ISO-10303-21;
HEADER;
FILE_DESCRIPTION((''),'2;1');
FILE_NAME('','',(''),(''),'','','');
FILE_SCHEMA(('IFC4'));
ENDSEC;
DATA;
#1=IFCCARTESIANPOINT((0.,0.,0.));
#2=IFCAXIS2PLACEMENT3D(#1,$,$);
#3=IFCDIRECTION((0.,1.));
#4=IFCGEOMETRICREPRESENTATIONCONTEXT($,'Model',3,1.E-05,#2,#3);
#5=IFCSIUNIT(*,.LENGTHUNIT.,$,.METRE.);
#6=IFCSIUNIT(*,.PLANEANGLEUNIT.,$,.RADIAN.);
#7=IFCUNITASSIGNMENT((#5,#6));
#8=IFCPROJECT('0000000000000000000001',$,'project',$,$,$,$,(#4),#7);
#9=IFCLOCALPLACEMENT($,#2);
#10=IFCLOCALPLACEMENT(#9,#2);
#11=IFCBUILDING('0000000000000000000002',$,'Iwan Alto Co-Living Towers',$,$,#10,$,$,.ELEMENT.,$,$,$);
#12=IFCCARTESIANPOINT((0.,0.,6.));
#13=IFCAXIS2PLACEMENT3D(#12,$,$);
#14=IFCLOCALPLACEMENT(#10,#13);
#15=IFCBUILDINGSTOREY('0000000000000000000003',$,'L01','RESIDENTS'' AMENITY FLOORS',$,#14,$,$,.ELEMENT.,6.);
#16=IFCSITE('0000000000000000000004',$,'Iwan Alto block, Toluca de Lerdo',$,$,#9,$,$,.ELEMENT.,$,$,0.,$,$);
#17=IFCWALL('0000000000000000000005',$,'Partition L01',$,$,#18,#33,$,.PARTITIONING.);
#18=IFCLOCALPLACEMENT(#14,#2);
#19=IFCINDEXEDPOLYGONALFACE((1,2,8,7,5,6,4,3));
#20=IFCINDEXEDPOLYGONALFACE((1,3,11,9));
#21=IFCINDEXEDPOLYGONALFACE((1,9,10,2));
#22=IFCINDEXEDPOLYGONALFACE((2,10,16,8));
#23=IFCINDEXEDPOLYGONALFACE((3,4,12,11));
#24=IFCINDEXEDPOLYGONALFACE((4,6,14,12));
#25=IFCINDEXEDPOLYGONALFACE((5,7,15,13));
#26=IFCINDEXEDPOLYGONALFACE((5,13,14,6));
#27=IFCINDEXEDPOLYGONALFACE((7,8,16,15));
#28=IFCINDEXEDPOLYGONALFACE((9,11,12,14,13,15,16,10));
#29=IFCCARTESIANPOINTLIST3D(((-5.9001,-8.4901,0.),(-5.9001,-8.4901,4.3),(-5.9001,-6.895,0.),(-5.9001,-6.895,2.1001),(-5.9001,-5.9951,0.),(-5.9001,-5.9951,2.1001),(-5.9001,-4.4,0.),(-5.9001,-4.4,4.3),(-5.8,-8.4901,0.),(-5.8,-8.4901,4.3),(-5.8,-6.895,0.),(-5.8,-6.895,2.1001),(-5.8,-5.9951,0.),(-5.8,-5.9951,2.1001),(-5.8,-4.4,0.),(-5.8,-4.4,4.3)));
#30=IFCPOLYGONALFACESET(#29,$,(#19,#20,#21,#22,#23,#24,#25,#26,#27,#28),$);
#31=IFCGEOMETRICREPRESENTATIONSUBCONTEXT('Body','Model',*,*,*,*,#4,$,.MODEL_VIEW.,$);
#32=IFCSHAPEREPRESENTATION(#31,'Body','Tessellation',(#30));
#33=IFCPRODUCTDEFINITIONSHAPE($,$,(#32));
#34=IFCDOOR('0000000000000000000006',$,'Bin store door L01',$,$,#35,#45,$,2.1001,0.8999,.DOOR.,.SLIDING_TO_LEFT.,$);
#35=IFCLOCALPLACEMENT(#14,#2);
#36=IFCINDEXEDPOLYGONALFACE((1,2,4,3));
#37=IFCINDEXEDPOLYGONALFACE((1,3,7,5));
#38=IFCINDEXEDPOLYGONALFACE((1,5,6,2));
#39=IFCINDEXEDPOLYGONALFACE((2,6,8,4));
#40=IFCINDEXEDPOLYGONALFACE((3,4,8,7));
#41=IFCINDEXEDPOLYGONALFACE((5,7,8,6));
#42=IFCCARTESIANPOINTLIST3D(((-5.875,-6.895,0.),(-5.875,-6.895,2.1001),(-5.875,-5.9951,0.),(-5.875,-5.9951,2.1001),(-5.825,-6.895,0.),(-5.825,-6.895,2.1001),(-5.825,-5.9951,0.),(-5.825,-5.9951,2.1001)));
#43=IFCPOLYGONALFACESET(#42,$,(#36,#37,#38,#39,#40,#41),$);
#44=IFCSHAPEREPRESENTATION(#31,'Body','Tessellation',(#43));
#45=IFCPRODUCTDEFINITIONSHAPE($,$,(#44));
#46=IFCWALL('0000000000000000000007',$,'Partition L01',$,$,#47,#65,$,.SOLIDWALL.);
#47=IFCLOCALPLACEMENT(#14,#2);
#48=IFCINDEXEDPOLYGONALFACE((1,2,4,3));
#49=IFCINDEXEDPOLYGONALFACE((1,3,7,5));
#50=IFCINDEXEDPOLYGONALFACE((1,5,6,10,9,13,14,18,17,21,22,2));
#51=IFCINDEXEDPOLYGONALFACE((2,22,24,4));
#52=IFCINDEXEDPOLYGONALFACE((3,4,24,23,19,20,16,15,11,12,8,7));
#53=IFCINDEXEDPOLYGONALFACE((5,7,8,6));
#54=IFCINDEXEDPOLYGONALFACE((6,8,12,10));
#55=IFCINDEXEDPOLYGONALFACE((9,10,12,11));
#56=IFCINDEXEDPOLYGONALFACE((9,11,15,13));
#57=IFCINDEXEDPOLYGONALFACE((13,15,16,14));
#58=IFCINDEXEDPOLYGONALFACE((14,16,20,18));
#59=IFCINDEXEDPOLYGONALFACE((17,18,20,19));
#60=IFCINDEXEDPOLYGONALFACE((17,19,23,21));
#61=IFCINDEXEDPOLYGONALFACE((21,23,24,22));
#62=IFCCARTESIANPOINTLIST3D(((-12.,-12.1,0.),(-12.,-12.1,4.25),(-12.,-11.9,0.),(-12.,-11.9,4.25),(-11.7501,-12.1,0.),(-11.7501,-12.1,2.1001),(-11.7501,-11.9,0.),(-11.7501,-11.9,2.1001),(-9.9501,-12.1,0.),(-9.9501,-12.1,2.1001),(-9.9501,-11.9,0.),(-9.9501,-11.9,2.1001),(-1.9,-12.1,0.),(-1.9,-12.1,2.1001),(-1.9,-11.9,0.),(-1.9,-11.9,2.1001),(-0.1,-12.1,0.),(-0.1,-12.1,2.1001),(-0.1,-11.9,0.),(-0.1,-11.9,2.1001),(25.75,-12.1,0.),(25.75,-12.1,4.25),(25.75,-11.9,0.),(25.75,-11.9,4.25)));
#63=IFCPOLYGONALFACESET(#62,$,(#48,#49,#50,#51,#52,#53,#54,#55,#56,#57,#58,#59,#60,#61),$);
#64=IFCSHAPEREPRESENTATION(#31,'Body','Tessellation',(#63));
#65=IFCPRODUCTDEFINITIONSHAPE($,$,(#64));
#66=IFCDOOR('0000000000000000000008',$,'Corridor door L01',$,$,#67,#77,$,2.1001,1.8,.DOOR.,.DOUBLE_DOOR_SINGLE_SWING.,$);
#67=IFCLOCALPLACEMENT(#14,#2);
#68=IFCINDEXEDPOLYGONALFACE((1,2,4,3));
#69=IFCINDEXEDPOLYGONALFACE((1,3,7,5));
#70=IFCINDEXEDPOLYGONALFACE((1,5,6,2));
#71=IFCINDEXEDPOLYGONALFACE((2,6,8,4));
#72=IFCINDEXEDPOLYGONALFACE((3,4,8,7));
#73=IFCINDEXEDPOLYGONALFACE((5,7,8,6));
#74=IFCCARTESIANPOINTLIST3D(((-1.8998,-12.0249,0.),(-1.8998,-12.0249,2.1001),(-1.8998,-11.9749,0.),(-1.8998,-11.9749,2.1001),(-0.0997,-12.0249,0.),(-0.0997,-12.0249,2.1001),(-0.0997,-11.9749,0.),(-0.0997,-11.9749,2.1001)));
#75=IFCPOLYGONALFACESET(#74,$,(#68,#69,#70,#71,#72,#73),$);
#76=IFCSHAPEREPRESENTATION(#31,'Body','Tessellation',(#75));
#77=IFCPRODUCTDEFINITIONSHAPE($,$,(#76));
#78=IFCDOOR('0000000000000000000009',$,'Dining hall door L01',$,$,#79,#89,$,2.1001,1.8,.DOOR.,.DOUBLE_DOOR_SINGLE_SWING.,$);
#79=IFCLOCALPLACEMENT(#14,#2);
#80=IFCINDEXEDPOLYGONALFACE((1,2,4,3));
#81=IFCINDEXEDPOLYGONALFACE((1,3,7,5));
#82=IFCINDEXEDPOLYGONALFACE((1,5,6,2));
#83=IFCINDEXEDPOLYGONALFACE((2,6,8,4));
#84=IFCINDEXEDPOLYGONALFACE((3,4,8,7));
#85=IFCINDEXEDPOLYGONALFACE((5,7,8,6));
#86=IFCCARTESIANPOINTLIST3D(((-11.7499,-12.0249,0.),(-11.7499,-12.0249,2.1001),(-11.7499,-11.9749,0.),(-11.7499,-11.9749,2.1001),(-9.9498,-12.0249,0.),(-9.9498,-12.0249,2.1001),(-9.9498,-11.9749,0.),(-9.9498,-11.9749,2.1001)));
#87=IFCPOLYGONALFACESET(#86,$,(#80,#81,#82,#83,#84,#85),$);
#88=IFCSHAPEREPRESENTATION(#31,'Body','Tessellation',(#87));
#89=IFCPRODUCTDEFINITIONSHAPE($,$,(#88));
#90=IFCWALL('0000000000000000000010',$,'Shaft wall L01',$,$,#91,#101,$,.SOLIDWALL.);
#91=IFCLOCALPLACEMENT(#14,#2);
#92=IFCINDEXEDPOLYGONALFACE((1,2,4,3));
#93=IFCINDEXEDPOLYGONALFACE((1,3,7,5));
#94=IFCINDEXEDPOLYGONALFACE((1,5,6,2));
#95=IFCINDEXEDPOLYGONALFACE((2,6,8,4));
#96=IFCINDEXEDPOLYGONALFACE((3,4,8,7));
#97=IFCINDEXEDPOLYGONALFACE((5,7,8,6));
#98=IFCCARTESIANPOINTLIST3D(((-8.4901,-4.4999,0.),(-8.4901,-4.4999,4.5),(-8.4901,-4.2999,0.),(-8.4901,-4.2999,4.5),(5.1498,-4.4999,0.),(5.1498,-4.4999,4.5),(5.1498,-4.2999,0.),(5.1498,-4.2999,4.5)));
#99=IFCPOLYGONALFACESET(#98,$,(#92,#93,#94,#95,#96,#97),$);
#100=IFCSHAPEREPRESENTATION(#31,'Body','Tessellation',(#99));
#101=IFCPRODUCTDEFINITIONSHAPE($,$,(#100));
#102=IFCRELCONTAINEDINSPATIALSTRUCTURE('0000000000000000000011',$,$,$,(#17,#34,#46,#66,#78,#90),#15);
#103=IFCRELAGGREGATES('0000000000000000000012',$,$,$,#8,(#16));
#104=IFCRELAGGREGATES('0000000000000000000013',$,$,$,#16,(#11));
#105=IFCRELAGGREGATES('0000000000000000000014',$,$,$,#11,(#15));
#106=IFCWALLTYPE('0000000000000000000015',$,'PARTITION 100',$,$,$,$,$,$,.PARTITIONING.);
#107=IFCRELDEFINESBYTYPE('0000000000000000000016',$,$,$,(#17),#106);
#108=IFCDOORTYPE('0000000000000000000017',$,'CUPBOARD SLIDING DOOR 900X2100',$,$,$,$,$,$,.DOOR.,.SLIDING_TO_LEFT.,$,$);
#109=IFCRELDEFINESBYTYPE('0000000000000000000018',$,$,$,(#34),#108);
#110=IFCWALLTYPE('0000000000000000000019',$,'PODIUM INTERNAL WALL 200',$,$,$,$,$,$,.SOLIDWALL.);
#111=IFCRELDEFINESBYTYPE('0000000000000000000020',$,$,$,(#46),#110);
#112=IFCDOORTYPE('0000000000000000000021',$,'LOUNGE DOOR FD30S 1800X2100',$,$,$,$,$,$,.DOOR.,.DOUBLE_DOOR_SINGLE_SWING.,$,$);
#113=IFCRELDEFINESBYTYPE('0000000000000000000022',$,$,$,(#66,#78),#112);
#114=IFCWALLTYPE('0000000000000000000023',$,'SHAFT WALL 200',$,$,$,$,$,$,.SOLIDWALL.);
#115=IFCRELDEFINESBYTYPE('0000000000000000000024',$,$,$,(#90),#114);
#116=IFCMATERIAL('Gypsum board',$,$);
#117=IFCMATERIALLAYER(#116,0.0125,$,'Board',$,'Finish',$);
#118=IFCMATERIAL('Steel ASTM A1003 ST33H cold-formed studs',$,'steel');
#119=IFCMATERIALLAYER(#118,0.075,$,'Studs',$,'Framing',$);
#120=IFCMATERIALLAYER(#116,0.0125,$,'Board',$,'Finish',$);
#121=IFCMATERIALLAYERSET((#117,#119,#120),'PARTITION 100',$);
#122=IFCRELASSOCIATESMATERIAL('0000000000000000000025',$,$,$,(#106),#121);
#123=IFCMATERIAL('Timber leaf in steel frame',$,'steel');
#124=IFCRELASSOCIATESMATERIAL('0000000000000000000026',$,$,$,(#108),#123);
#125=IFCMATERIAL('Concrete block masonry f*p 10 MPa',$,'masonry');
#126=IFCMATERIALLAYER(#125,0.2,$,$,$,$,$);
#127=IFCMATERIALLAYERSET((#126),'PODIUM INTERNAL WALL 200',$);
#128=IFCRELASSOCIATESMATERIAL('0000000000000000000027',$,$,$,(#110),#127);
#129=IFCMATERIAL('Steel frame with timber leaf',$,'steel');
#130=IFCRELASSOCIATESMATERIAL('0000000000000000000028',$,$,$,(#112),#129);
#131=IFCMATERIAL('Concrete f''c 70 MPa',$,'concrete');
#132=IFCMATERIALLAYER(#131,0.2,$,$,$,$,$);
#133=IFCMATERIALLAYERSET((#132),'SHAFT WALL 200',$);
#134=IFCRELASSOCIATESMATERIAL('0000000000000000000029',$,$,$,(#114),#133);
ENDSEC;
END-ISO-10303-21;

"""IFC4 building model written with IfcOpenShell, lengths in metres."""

from ifc_helpers import new_model, si_unit, direction, frame, frame_2d, origin, place, context, subcontext, project, spatial, rectangle, extrude, material, layer, layer_set, type_object, element, fill, save


model = new_model("IFC4")

# Units and contexts
model_context = context("Model", 3, precision=1e-05, world=origin(), true_north=direction((0.0, 1.0)))
body_context = subcontext(model_context, "Body", "Model", "MODEL_VIEW")
ifc_project = project(units=[si_unit("LENGTHUNIT", "METRE"), si_unit("PLANEANGLEUNIT", "RADIAN")], contexts=[model_context])

# Site, building, storey
site_placement = place(None, origin())
site = spatial("IfcSite", under=ifc_project, at=site_placement, Name="Iwan Alto block, Toluca de Lerdo", CompositionType="ELEMENT", RefElevation=0.0)
building_placement = place(site_placement, origin())
building = spatial("IfcBuilding", under=site, at=building_placement, Name="Iwan Alto Co-Living Towers", CompositionType="ELEMENT")
storey_placement = place(building_placement, frame((0.0, 0.0, 6.0)))
storey = spatial("IfcBuildingStorey", under=building, at=storey_placement, Name="L01", Description="RESIDENTS' AMENITY FLOORS", CompositionType="ELEMENT", Elevation=6.0)

# Wall, opening, door
ifc_material_1 = material(Name="Gypsum board")
ifc_layer_1 = layer(ifc_material_1, 0.0125, Name="Board", Category="Finish")
ifc_material_2 = material(Name="Steel ASTM A1003 ST33H cold-formed studs", Category="steel")
ifc_layer_2 = layer(ifc_material_2, 0.075, Name="Studs", Category="Framing")
ifc_layer_3 = layer(ifc_material_1, 0.0125, Name="Board", Category="Finish")
ifc_layer_set_1 = layer_set([ifc_layer_1, ifc_layer_2, ifc_layer_3], Name="PARTITION 100")
wall_type_1 = type_object("IfcWallType", Name="PARTITION 100", PredefinedType="PARTITIONING", material=ifc_layer_set_1)
wall_1_placement = place(storey_placement, frame((-5.8501, -8.49, 0.0), z_axis=(0.0, 0.0, 1.0), x_axis=(0.0, 1.0, 0.0)))
wall_1 = element("IfcWall", 1, at=wall_1_placement, inside=storey, type_object=wall_type_1, Name="Partition L01", PredefinedType="PARTITIONING", context=body_context, shape_type="SweptSolid", body=[
    extrude(rectangle(XDim=4.0901, YDim=0.1001, at=frame_2d((2.0449, 0.0))), origin(), (0.0, 0.0, 1.0), 4.3),
])
opening_1_placement = place(wall_1_placement, frame((1.595, 0.0, 0.0)))
opening_1 = element("IfcOpeningElement", 2, at=opening_1_placement, cuts=wall_1, PredefinedType="OPENING", context=body_context, shape_type="SweptSolid", body=[
    extrude(rectangle(XDim=0.8999, YDim=2.1001, at=frame_2d((0.45, 1.05))), frame((0.0, 0.0601, 0.0), z_axis=(0.0, -1.0, 0.0), x_axis=(1.0, 0.0, 0.0)), (0.0, 0.0, 1.0), 0.1201),
])
ifc_material_3 = material(Name="Timber leaf in steel frame", Category="steel")
door_type_1 = type_object("IfcDoorType", Name="CUPBOARD SLIDING DOOR 900X2100", OperationType="SLIDING_TO_LEFT", PredefinedType="DOOR", material=ifc_material_3)
door_1_placement = place(opening_1_placement, origin())
door_1 = element("IfcDoor", 3, at=door_1_placement, inside=storey, type_object=door_type_1, Name="Bin store door L01", OperationType="SLIDING_TO_LEFT", OverallHeight=2.1001, OverallWidth=0.8999, PredefinedType="DOOR", context=body_context, shape_type="SweptSolid", body=[
    extrude(rectangle(XDim=0.8999, YDim=2.1001, at=frame_2d((0.45, 1.05))), frame((0.0, 0.0249, 0.0), z_axis=(0.0, -1.0, 0.0), x_axis=(1.0, 0.0, 0.0)), (0.0, 0.0, 1.0), 0.05),
])
fill(opening_1, door_1)

# Wall, openings, doors
ifc_material_4 = material(Name="Concrete block masonry f*p 10 MPa", Category="masonry")
ifc_layer_4 = layer(ifc_material_4, 0.2)
ifc_layer_set_2 = layer_set([ifc_layer_4], Name="PODIUM INTERNAL WALL 200")
wall_type_2 = type_object("IfcWallType", Name="PODIUM INTERNAL WALL 200", PredefinedType="SOLIDWALL", material=ifc_layer_set_2)
wall_2_placement = place(storey_placement, frame((-12.0, -12.0, 0.0), z_axis=(0.0, 0.0, 1.0), x_axis=(1.0, 0.0, 0.0)))
wall_2 = element("IfcWall", 4, at=wall_2_placement, inside=storey, type_object=wall_type_2, Name="Partition L01", PredefinedType="SOLIDWALL", context=body_context, shape_type="SweptSolid", body=[
    extrude(rectangle(XDim=37.75, YDim=0.2, at=frame_2d((18.875, 0.0))), origin(), (0.0, 0.0, 1.0), 4.25),
])
opening_2_placement = place(wall_2_placement, frame((10.1001, 0.0, 0.0)))
opening_2 = element("IfcOpeningElement", 5, at=opening_2_placement, cuts=wall_2, PredefinedType="OPENING", context=body_context, shape_type="SweptSolid", body=[
    extrude(rectangle(XDim=1.8, YDim=2.1001, at=frame_2d((0.8999, 1.05))), frame((0.0, 0.1099, 0.0), z_axis=(0.0, -1.0, 0.0), x_axis=(1.0, 0.0, 0.0)), (0.0, 0.0, 1.0), 0.22),
])
opening_3_placement = place(wall_2_placement, frame((0.25, 0.0, 0.0)))
opening_3 = element("IfcOpeningElement", 6, at=opening_3_placement, cuts=wall_2, PredefinedType="OPENING", context=body_context, shape_type="SweptSolid", body=[
    extrude(rectangle(XDim=1.8, YDim=2.1001, at=frame_2d((0.8999, 1.05))), frame((0.0, 0.1099, 0.0), z_axis=(0.0, -1.0, 0.0), x_axis=(1.0, 0.0, 0.0)), (0.0, 0.0, 1.0), 0.22),
])
ifc_material_5 = material(Name="Steel frame with timber leaf", Category="steel")
door_type_2 = type_object("IfcDoorType", Name="LOUNGE DOOR FD30S 1800X2100", OperationType="DOUBLE_DOOR_SINGLE_SWING", PredefinedType="DOOR", material=ifc_material_5)
door_2_placement = place(opening_2_placement, frame((1.8, 0.0, 0.0), z_axis=(0.0, 0.0, 1.0), x_axis=(-1.0, 0.0, 0.0)))
door_2 = element("IfcDoor", 7, at=door_2_placement, inside=storey, type_object=door_type_2, Name="Corridor door L01", OperationType="DOUBLE_DOOR_SINGLE_SWING", OverallHeight=2.1001, OverallWidth=1.8, PredefinedType="DOOR", context=body_context, shape_type="SweptSolid", body=[
    extrude(rectangle(XDim=1.8, YDim=2.1001, at=frame_2d((0.8999, 1.05))), frame((0.0, 0.0249, 0.0), z_axis=(0.0, -1.0, 0.0), x_axis=(1.0, 0.0, 0.0)), (0.0, 0.0, 1.0), 0.05),
])
fill(opening_2, door_2)
door_3_placement = place(opening_3_placement, frame((1.8, 0.0, 0.0), z_axis=(0.0, 0.0, 1.0), x_axis=(-1.0, 0.0, 0.0)))
door_3 = element("IfcDoor", 8, at=door_3_placement, inside=storey, type_object=door_type_2, Name="Dining hall door L01", OperationType="DOUBLE_DOOR_SINGLE_SWING", OverallHeight=2.1001, OverallWidth=1.8, PredefinedType="DOOR", context=body_context, shape_type="SweptSolid", body=[
    extrude(rectangle(XDim=1.8, YDim=2.1001, at=frame_2d((0.8999, 1.05))), frame((0.0, 0.0249, 0.0), z_axis=(0.0, -1.0, 0.0), x_axis=(1.0, 0.0, 0.0)), (0.0, 0.0, 1.0), 0.05),
])
fill(opening_3, door_3)

# Wall
ifc_material_6 = material(Name="Concrete f'c 70 MPa", Category="concrete")
ifc_layer_5 = layer(ifc_material_6, 0.2)
ifc_layer_set_3 = layer_set([ifc_layer_5], Name="SHAFT WALL 200")
wall_type_3 = type_object("IfcWallType", Name="SHAFT WALL 200", PredefinedType="SOLIDWALL", material=ifc_layer_set_3)
wall_3_placement = place(storey_placement, frame((-8.49, -4.3999, 0.0), z_axis=(0.0, 0.0, 1.0), x_axis=(1.0, 0.0, 0.0)))
element("IfcWall", 9, at=wall_3_placement, inside=storey, type_object=wall_type_3, Name="Shaft wall L01", PredefinedType="SOLIDWALL", context=body_context, shape_type="SweptSolid", body=[
    extrude(rectangle(XDim=13.6399, YDim=0.2, at=frame_2d((6.8198, 0.0))), origin(), (0.0, 0.0, 1.0), 4.5),
])

save(model, "model.ifc")
